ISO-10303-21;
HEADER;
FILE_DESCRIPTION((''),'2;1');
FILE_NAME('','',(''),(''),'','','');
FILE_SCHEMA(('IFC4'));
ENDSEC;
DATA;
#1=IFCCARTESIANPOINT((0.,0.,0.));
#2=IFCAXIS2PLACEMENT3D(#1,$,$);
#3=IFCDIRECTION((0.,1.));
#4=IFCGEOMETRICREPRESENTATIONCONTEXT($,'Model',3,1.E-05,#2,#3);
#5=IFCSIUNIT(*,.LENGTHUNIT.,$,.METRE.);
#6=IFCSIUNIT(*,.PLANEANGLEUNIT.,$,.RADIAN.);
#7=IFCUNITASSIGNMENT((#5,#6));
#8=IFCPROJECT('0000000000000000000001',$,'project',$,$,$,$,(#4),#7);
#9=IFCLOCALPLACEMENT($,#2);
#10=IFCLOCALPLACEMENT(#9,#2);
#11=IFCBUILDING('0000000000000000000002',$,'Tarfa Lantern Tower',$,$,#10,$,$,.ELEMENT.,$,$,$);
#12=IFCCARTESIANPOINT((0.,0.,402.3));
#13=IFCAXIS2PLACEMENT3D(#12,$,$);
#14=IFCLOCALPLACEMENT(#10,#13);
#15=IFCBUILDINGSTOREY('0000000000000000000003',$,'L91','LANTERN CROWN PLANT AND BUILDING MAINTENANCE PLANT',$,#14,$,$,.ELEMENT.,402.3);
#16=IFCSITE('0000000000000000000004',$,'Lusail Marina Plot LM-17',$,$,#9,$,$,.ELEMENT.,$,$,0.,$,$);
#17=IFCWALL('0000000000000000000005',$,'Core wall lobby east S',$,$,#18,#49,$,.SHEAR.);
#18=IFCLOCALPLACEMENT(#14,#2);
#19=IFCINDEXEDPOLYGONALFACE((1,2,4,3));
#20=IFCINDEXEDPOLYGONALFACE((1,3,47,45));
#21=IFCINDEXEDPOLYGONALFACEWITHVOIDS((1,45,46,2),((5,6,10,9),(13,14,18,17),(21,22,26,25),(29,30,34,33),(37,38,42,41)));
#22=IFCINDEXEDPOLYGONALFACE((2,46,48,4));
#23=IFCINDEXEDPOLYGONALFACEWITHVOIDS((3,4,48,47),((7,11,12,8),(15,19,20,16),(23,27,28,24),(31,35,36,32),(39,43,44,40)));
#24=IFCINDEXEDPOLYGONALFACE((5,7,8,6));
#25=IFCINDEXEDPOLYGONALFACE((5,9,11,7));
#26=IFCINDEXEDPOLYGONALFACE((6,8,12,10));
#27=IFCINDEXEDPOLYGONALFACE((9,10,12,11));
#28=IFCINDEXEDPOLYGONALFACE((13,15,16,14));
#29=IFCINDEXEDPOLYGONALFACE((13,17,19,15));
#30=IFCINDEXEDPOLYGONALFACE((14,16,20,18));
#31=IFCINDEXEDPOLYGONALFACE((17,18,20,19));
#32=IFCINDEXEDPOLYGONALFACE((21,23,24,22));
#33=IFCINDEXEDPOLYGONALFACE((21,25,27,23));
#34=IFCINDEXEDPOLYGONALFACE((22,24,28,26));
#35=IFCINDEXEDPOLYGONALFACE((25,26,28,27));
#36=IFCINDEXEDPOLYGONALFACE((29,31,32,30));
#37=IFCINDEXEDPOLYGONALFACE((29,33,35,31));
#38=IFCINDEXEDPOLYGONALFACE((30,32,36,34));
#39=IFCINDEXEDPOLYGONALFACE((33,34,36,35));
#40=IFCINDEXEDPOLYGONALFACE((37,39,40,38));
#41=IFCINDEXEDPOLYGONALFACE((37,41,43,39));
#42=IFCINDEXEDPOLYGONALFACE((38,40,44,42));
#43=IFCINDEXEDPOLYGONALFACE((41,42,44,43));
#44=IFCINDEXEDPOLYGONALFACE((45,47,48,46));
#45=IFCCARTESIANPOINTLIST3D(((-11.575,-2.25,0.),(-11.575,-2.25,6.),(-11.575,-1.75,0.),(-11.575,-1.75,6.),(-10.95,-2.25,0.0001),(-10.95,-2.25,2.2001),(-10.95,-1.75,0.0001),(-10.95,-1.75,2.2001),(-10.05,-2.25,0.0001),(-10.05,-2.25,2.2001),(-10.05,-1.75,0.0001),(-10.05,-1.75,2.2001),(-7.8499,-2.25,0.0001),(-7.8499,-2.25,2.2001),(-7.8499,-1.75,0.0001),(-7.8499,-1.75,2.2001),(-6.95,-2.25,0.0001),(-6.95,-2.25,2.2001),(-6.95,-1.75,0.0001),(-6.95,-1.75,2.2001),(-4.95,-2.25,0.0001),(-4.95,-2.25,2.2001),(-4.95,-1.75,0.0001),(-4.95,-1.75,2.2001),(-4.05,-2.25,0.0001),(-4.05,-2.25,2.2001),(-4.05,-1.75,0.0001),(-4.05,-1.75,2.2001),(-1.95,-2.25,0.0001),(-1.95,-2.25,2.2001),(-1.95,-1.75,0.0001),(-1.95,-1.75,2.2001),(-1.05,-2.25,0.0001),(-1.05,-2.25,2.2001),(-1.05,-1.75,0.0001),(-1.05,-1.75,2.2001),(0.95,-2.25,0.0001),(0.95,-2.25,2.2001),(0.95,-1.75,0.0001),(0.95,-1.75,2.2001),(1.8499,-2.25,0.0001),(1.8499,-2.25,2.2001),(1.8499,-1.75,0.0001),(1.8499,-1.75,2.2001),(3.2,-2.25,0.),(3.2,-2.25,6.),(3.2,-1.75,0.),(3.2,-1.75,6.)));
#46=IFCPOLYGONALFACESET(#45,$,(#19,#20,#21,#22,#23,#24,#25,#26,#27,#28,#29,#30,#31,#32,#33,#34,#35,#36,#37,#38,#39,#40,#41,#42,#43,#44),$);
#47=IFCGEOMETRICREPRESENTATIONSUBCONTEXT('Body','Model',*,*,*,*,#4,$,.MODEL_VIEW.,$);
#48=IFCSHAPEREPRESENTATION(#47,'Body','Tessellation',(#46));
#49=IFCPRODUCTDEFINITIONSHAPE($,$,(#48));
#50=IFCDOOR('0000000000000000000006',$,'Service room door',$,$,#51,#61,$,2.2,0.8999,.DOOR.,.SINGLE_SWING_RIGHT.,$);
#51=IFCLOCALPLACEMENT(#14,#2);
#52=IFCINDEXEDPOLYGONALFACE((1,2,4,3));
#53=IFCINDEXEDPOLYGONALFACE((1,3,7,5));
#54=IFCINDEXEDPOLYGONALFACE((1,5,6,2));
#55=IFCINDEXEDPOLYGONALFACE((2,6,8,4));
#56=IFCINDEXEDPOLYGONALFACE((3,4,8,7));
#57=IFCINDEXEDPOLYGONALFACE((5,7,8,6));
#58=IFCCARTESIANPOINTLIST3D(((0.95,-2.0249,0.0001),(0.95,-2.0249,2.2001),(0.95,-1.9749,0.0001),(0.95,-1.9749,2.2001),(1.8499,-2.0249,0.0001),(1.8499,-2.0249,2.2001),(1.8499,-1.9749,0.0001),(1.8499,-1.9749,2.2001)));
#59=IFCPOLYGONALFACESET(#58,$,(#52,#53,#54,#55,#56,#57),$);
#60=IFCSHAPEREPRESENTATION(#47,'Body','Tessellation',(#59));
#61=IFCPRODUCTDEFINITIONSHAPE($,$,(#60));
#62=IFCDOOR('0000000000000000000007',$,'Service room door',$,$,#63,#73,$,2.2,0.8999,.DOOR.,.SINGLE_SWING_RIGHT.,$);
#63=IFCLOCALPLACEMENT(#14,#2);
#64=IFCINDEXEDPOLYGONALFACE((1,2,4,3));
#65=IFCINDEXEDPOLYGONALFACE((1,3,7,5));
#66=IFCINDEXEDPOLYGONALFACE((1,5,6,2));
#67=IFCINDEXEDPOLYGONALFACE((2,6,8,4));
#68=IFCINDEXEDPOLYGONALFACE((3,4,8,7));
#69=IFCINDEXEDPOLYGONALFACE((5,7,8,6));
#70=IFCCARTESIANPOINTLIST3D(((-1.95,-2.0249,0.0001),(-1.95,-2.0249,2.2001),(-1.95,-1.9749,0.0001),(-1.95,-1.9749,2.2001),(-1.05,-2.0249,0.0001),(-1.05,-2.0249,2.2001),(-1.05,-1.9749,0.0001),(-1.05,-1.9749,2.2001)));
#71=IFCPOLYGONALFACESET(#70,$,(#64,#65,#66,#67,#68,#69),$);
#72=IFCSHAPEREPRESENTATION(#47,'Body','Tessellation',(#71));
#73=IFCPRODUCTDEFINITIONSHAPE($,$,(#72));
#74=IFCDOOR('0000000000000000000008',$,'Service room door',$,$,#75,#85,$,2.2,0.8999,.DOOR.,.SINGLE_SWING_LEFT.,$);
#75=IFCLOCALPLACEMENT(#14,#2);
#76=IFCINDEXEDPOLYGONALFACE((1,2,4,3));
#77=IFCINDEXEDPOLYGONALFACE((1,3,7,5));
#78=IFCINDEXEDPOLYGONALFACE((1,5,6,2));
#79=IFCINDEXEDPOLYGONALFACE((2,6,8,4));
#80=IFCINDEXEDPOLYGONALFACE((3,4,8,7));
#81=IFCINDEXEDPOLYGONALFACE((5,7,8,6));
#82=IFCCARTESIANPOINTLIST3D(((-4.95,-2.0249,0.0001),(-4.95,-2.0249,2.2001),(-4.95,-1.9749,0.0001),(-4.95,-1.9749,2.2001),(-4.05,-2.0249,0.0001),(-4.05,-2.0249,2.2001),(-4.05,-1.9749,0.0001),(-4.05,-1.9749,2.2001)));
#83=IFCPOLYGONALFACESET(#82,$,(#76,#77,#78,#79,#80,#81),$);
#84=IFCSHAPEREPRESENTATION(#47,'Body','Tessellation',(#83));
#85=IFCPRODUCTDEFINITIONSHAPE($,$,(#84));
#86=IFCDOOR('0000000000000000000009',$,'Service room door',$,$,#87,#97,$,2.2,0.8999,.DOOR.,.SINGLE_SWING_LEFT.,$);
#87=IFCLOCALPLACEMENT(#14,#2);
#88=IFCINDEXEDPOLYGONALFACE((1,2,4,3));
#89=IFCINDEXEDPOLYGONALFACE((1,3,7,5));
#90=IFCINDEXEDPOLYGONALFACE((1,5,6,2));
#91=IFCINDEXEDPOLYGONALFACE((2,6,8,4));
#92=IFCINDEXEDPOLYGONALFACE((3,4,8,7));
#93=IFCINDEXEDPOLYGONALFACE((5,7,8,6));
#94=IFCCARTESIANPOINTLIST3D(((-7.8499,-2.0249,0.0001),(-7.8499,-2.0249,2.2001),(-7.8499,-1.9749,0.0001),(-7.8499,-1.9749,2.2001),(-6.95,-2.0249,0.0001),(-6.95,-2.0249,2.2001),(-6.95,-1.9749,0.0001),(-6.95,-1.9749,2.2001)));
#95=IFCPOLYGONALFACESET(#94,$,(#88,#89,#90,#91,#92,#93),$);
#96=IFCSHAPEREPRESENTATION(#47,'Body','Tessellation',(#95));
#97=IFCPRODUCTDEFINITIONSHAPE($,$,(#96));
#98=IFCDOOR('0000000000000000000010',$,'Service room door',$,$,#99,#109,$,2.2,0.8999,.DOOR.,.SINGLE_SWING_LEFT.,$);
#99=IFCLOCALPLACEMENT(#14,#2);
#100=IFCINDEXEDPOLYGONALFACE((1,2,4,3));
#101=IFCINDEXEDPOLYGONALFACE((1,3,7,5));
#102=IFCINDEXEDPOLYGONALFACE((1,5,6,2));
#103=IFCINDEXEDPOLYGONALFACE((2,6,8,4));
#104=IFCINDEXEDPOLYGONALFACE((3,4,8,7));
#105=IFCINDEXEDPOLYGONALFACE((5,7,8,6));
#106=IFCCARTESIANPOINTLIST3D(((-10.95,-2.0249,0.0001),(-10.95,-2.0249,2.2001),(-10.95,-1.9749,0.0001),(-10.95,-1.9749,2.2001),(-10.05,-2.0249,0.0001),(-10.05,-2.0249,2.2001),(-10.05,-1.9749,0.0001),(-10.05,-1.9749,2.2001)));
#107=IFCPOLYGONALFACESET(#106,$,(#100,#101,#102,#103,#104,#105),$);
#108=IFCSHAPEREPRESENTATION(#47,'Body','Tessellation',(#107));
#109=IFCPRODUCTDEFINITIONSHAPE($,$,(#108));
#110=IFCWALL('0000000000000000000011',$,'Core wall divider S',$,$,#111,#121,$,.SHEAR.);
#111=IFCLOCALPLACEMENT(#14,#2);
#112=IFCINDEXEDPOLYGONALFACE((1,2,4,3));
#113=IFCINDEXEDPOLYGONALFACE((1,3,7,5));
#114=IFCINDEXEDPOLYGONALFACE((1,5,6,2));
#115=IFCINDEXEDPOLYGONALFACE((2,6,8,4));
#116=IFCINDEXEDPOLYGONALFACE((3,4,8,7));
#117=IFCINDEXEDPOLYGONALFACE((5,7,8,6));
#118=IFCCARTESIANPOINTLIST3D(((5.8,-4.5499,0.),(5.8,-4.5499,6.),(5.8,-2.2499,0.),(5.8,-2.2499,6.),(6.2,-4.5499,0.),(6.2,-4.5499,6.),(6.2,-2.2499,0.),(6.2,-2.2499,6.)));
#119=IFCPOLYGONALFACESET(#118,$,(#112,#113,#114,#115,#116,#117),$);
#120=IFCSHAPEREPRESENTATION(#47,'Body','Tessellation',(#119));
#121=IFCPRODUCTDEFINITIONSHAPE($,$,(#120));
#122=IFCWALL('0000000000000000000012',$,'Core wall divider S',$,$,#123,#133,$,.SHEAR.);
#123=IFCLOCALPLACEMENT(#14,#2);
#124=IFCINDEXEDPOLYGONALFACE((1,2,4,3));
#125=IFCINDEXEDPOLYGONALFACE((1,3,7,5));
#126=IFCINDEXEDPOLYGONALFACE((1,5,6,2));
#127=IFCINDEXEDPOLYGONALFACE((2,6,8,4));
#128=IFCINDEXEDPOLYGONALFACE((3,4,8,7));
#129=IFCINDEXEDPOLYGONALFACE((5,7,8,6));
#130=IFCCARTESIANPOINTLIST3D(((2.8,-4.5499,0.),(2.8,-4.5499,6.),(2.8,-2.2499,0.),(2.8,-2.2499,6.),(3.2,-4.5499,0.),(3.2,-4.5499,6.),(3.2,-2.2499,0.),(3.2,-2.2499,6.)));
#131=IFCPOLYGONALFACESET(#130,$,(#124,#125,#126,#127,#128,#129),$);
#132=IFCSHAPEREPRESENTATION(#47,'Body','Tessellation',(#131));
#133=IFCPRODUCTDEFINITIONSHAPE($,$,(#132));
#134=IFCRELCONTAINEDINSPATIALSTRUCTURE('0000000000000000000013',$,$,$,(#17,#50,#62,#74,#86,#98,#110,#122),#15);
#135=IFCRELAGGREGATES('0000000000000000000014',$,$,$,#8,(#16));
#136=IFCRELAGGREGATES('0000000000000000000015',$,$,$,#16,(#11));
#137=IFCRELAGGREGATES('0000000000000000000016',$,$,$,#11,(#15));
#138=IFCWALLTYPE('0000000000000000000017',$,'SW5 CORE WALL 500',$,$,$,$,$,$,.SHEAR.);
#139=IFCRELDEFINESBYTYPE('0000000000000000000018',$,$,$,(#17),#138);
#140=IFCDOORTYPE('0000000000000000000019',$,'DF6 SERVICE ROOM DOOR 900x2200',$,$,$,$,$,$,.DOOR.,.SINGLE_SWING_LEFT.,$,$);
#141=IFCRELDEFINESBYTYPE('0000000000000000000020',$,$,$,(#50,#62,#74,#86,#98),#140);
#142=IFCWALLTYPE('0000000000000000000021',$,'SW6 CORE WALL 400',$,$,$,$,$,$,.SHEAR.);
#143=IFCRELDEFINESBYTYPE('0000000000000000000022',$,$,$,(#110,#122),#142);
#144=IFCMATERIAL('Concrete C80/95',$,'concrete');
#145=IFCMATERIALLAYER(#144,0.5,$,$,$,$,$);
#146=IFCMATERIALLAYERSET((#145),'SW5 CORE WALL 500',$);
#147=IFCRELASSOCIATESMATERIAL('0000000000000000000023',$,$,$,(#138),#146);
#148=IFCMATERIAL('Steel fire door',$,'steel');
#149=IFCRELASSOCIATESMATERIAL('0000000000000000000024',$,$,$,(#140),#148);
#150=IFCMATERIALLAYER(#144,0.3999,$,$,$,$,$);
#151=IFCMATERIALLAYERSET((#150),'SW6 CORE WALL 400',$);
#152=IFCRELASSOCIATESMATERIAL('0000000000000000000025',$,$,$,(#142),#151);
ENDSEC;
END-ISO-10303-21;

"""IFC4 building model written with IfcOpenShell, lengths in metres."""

from ifc_helpers import new_model, si_unit, direction, frame, frame_2d, origin, place, context, subcontext, project, spatial, rectangle, extrude, material, layer, layer_set, type_object, element, fill, save


model = new_model("IFC4")

# Units and contexts
model_context = context("Model", 3, precision=1e-05, world=origin(), true_north=direction((0.0, 1.0)))
body_context = subcontext(model_context, "Body", "Model", "MODEL_VIEW")
ifc_project = project(units=[si_unit("LENGTHUNIT", "METRE"), si_unit("PLANEANGLEUNIT", "RADIAN")], contexts=[model_context])

# Site, building, storey
site_placement = place(None, origin())
site = spatial("IfcSite", under=ifc_project, at=site_placement, Name="Lusail Marina Plot LM-17", CompositionType="ELEMENT", RefElevation=0.0)
building_placement = place(site_placement, origin())
building = spatial("IfcBuilding", under=site, at=building_placement, Name="Tarfa Lantern Tower", CompositionType="ELEMENT")
storey_placement = place(building_placement, frame((0.0, 0.0, 402.3)))
storey = spatial("IfcBuildingStorey", under=building, at=storey_placement, Name="L91", Description="LANTERN CROWN PLANT AND BUILDING MAINTENANCE PLANT", CompositionType="ELEMENT", Elevation=402.3)

# Shared definitions
ifc_material_1 = material(Name="Concrete C80/95", Category="concrete")

# Shared definitions
ifc_material_2 = material(Name="Steel fire door", Category="steel")

# Wall, openings, doors
ifc_layer_1 = layer(ifc_material_1, 0.5)
ifc_layer_set_1 = layer_set([ifc_layer_1], Name="SW5 CORE WALL 500")
wall_type_1 = type_object("IfcWallType", Name="SW5 CORE WALL 500", PredefinedType="SHEAR", material=ifc_layer_set_1)
wall_1_placement = place(storey_placement, frame((3.2, -2.0, 0.0), z_axis=(0.0, 0.0, 1.0), x_axis=(-1.0, 0.0, 0.0)))
wall_1 = element("IfcWall", 1, at=wall_1_placement, inside=storey, type_object=wall_type_1, Name="Core wall lobby east S", PredefinedType="SHEAR", context=body_context, shape_type="SweptSolid", body=[
    extrude(rectangle(XDim=14.7749, YDim=0.5, at=frame_2d((7.3875, 0.0))), origin(), (0.0, 0.0, 1.0), 6.0),
])
opening_1_placement = place(wall_1_placement, frame((1.3501, 0.0, 0.0)))
opening_1 = element("IfcOpeningElement", 2, at=opening_1_placement, cuts=wall_1, PredefinedType="OPENING", context=body_context, shape_type="SweptSolid", body=[
    extrude(rectangle(XDim=0.8999, YDim=2.2, at=frame_2d((0.45, 1.1001))), frame((0.0, 0.26, 0.0), z_axis=(0.0, -1.0, 0.0), x_axis=(1.0, 0.0, 0.0)), (0.0, 0.0, 1.0), 0.52),
])
opening_2_placement = place(wall_1_placement, frame((4.25, 0.0, 0.0)))
opening_2 = element("IfcOpeningElement", 3, at=opening_2_placement, cuts=wall_1, PredefinedType="OPENING", context=body_context, shape_type="SweptSolid", body=[
    extrude(rectangle(XDim=0.8999, YDim=2.2, at=frame_2d((0.45, 1.1001))), frame((0.0, 0.26, 0.0), z_axis=(0.0, -1.0, 0.0), x_axis=(1.0, 0.0, 0.0)), (0.0, 0.0, 1.0), 0.52),
])
opening_3_placement = place(wall_1_placement, frame((7.25, 0.0, 0.0)))
opening_3 = element("IfcOpeningElement", 4, at=opening_3_placement, cuts=wall_1, PredefinedType="OPENING", context=body_context, shape_type="SweptSolid", body=[
    extrude(rectangle(XDim=0.8999, YDim=2.2, at=frame_2d((0.45, 1.1001))), frame((0.0, 0.26, 0.0), z_axis=(0.0, -1.0, 0.0), x_axis=(1.0, 0.0, 0.0)), (0.0, 0.0, 1.0), 0.52),
])
opening_4_placement = place(wall_1_placement, frame((10.1499, 0.0, 0.0)))
opening_4 = element("IfcOpeningElement", 5, at=opening_4_placement, cuts=wall_1, PredefinedType="OPENING", context=body_context, shape_type="SweptSolid", body=[
    extrude(rectangle(XDim=0.8999, YDim=2.2, at=frame_2d((0.45, 1.1001))), frame((0.0, 0.26, 0.0), z_axis=(0.0, -1.0, 0.0), x_axis=(1.0, 0.0, 0.0)), (0.0, 0.0, 1.0), 0.52),
])
opening_5_placement = place(wall_1_placement, frame((13.25, 0.0, 0.0)))
opening_5 = element("IfcOpeningElement", 6, at=opening_5_placement, cuts=wall_1, PredefinedType="OPENING", context=body_context, shape_type="SweptSolid", body=[
    extrude(rectangle(XDim=0.8999, YDim=2.2, at=frame_2d((0.45, 1.1001))), frame((0.0, 0.26, 0.0), z_axis=(0.0, -1.0, 0.0), x_axis=(1.0, 0.0, 0.0)), (0.0, 0.0, 1.0), 0.52),
])
door_type_1 = type_object("IfcDoorType", Name="DF6 SERVICE ROOM DOOR 900x2200", OperationType="SINGLE_SWING_LEFT", PredefinedType="DOOR", material=ifc_material_2)
door_1_placement = place(opening_1_placement, origin())
door_1 = element("IfcDoor", 7, at=door_1_placement, inside=storey, type_object=door_type_1, Name="Service room door", OperationType="SINGLE_SWING_RIGHT", OverallHeight=2.2, OverallWidth=0.8999, PredefinedType="DOOR", context=body_context, shape_type="SweptSolid", body=[
    extrude(rectangle(XDim=0.8999, YDim=2.2, at=frame_2d((0.45, 1.1001))), frame((0.0, 0.0249, 0.0), z_axis=(0.0, -1.0, 0.0), x_axis=(1.0, 0.0, 0.0)), (0.0, 0.0, 1.0), 0.05),
])
fill(opening_1, door_1)
door_2_placement = place(opening_2_placement, origin())
door_2 = element("IfcDoor", 8, at=door_2_placement, inside=storey, type_object=door_type_1, Name="Service room door", OperationType="SINGLE_SWING_RIGHT", OverallHeight=2.2, OverallWidth=0.8999, PredefinedType="DOOR", context=body_context, shape_type="SweptSolid", body=[
    extrude(rectangle(XDim=0.8999, YDim=2.2, at=frame_2d((0.45, 1.1001))), frame((0.0, 0.0249, 0.0), z_axis=(0.0, -1.0, 0.0), x_axis=(1.0, 0.0, 0.0)), (0.0, 0.0, 1.0), 0.05),
])
fill(opening_2, door_2)
door_3_placement = place(opening_3_placement, origin())
door_3 = element("IfcDoor", 9, at=door_3_placement, inside=storey, type_object=door_type_1, Name="Service room door", OperationType="SINGLE_SWING_LEFT", OverallHeight=2.2, OverallWidth=0.8999, PredefinedType="DOOR", context=body_context, shape_type="SweptSolid", body=[
    extrude(rectangle(XDim=0.8999, YDim=2.2, at=frame_2d((0.45, 1.1001))), frame((0.0, 0.0249, 0.0), z_axis=(0.0, -1.0, 0.0), x_axis=(1.0, 0.0, 0.0)), (0.0, 0.0, 1.0), 0.05),
])
fill(opening_3, door_3)
door_4_placement = place(opening_4_placement, origin())
door_4 = element("IfcDoor", 10, at=door_4_placement, inside=storey, type_object=door_type_1, Name="Service room door", OperationType="SINGLE_SWING_LEFT", OverallHeight=2.2, OverallWidth=0.8999, PredefinedType="DOOR", context=body_context, shape_type="SweptSolid", body=[
    extrude(rectangle(XDim=0.8999, YDim=2.2, at=frame_2d((0.45, 1.1001))), frame((0.0, 0.0249, 0.0), z_axis=(0.0, -1.0, 0.0), x_axis=(1.0, 0.0, 0.0)), (0.0, 0.0, 1.0), 0.05),
])
fill(opening_4, door_4)
door_5_placement = place(opening_5_placement, origin())
door_5 = element("IfcDoor", 11, at=door_5_placement, inside=storey, type_object=door_type_1, Name="Service room door", OperationType="SINGLE_SWING_LEFT", OverallHeight=2.2, OverallWidth=0.8999, PredefinedType="DOOR", context=body_context, shape_type="SweptSolid", body=[
    extrude(rectangle(XDim=0.8999, YDim=2.2, at=frame_2d((0.45, 1.1001))), frame((0.0, 0.0249, 0.0), z_axis=(0.0, -1.0, 0.0), x_axis=(1.0, 0.0, 0.0)), (0.0, 0.0, 1.0), 0.05),
])
fill(opening_5, door_5)

# Walls
ifc_layer_2 = layer(ifc_material_1, 0.3999)
ifc_layer_set_2 = layer_set([ifc_layer_2], Name="SW6 CORE WALL 400")
wall_type_2 = type_object("IfcWallType", Name="SW6 CORE WALL 400", PredefinedType="SHEAR", material=ifc_layer_set_2)
for number, where, z_axis, x_axis, name in (
    (12, (6.0, -2.25, 0.0), (0.0, 0.0, 1.0), (0.0, -1.0, 0.0), "Core wall divider S"),
    (13, (3.0, -2.25, 0.0), (0.0, 0.0, 1.0), (0.0, -1.0, 0.0), "Core wall divider S"),
):
    element("IfcWall", number, at=place(storey_placement, frame(where, z_axis=z_axis, x_axis=x_axis)), inside=storey, type_object=wall_type_2, Name=name, PredefinedType="SHEAR", context=body_context, shape_type="SweptSolid", body=[
        extrude(rectangle(XDim=2.3, YDim=0.3999, at=frame_2d((1.1499, 0.0))), origin(), (0.0, 0.0, 1.0), 6.0),
    ])

save(model, "model.ifc")
